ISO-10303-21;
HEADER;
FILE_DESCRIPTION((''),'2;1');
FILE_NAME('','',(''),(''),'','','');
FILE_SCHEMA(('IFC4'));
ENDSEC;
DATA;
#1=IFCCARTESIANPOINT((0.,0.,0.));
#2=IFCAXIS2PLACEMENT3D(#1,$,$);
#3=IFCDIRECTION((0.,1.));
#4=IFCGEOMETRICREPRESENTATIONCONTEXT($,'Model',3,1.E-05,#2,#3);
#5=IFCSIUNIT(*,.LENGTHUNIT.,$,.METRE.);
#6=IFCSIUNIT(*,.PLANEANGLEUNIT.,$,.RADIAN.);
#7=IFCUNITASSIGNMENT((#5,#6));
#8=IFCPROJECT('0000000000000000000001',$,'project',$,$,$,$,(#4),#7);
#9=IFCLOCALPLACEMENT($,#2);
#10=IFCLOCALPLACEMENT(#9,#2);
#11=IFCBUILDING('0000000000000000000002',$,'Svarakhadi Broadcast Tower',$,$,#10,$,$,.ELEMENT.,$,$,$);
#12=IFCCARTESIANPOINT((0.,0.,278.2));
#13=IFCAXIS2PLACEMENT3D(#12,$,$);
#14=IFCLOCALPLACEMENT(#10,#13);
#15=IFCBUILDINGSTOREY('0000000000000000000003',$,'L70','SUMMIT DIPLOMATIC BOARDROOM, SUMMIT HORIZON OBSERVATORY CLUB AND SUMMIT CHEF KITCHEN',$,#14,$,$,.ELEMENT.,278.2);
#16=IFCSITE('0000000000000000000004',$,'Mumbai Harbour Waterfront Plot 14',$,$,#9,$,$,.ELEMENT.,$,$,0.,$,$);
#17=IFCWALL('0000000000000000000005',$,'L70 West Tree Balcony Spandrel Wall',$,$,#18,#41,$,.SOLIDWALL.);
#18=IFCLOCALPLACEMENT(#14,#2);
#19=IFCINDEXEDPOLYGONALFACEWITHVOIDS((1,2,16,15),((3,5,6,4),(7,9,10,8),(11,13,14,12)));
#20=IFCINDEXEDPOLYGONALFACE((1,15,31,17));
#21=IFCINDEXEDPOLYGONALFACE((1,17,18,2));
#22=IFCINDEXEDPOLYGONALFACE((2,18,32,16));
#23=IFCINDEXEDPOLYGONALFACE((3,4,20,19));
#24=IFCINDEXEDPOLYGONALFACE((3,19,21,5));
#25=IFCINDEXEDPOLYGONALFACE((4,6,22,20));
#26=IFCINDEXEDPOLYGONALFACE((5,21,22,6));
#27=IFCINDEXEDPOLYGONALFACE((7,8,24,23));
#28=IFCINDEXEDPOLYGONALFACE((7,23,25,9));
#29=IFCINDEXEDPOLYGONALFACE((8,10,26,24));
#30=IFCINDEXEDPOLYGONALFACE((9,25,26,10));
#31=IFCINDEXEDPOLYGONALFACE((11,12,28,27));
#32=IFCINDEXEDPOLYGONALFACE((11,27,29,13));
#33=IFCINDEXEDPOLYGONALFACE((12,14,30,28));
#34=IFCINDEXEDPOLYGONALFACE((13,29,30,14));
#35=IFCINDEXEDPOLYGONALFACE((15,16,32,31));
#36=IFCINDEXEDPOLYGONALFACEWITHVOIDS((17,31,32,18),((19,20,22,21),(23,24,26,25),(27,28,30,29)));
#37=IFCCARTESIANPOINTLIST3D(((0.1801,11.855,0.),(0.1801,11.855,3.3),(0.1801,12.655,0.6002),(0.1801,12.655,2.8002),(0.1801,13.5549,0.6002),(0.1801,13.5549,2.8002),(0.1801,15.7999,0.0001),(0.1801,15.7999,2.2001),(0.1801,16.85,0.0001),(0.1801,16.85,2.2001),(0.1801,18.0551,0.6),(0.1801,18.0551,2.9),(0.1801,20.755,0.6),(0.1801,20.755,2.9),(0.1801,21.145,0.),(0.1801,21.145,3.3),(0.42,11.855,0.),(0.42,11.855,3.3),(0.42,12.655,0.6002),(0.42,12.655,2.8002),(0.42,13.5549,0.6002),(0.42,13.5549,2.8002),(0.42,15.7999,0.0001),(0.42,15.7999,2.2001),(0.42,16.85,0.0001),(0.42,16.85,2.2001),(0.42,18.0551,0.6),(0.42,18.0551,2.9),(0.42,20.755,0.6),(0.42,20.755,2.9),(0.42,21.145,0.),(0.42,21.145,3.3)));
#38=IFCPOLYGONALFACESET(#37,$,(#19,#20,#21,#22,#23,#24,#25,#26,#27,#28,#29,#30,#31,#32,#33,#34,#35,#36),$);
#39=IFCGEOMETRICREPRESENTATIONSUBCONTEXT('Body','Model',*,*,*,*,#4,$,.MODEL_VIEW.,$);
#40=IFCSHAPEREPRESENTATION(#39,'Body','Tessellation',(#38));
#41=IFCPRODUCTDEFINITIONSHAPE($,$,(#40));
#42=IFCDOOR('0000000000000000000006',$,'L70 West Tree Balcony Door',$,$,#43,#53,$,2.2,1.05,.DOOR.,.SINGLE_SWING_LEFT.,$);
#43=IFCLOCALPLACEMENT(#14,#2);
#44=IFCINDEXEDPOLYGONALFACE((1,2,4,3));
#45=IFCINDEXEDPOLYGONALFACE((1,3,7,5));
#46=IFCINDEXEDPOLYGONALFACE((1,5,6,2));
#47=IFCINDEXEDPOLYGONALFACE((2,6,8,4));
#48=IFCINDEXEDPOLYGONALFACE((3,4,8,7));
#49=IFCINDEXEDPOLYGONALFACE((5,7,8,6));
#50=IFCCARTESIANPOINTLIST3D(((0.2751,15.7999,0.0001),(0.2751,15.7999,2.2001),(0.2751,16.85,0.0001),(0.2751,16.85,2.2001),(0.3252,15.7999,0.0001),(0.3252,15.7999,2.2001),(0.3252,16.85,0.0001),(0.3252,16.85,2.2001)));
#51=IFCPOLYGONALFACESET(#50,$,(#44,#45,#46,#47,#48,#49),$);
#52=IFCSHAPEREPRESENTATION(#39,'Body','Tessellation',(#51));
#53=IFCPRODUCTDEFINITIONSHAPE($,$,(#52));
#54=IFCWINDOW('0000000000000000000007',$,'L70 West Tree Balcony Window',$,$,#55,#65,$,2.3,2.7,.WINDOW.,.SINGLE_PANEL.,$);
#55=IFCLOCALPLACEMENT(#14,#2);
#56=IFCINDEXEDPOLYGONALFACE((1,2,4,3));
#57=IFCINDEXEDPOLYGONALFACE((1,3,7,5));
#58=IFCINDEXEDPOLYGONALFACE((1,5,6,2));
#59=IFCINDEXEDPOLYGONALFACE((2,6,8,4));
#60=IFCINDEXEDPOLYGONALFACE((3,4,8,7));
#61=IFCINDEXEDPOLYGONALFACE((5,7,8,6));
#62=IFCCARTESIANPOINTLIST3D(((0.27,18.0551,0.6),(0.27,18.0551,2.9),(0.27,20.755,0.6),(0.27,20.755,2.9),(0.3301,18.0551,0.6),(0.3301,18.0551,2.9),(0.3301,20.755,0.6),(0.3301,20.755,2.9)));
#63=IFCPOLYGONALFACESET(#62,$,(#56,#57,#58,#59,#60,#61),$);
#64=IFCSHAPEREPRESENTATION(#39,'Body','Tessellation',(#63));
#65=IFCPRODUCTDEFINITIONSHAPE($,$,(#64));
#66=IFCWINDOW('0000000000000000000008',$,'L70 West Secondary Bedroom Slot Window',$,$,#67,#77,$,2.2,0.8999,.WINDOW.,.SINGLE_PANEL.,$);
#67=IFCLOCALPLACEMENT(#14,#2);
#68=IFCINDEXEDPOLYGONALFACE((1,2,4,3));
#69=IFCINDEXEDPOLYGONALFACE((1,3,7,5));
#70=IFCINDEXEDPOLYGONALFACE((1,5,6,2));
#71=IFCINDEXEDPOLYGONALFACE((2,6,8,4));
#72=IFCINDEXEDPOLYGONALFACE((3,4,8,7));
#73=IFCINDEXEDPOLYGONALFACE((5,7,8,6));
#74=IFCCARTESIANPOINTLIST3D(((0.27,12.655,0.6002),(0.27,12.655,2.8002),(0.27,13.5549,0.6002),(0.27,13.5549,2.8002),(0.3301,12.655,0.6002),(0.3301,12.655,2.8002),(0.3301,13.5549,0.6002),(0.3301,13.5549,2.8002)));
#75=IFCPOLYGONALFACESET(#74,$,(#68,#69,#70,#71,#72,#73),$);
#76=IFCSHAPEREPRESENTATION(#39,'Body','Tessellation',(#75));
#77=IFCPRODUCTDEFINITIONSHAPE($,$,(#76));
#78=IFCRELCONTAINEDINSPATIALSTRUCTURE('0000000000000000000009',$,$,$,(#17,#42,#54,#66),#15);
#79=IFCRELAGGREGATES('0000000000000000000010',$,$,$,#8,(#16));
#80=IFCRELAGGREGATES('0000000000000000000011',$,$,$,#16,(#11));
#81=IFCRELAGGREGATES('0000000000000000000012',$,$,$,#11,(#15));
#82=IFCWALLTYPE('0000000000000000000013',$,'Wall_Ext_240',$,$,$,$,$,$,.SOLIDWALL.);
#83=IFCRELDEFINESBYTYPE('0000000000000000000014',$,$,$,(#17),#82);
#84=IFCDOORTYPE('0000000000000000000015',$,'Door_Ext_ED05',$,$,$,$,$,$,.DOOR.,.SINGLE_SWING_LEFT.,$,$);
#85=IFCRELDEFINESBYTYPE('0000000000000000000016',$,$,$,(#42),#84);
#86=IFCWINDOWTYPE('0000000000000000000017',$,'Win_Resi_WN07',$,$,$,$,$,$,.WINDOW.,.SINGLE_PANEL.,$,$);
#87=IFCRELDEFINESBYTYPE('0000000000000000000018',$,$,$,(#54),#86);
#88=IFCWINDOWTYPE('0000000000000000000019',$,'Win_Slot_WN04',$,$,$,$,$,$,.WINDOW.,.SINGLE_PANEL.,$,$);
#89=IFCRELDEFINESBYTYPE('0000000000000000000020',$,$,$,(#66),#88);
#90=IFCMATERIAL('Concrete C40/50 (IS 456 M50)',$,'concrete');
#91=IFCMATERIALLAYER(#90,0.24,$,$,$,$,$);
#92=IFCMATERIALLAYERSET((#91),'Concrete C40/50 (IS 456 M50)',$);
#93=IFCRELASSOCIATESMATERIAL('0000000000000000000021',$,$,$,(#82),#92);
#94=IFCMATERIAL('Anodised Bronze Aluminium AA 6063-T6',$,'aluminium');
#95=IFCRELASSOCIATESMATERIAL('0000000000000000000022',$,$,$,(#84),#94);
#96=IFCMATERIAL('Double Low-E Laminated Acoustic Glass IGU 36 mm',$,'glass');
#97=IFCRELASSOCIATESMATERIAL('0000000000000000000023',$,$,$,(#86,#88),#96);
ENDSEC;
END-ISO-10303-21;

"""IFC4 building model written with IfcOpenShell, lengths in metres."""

from ifc_helpers import new_model, si_unit, direction, frame, frame_2d, origin, place, context, subcontext, project, spatial, rectangle, extrude, material, layer, layer_set, type_object, element, fill, save


model = new_model("IFC4")

# Units and contexts
model_context = context("Model", 3, precision=1e-05, world=origin(), true_north=direction((0.0, 1.0)))
body_context = subcontext(model_context, "Body", "Model", "MODEL_VIEW")
ifc_project = project(units=[si_unit("LENGTHUNIT", "METRE"), si_unit("PLANEANGLEUNIT", "RADIAN")], contexts=[model_context])

# Site, building, storey
site_placement = place(None, origin())
site = spatial("IfcSite", under=ifc_project, at=site_placement, Name="Mumbai Harbour Waterfront Plot 14", CompositionType="ELEMENT", RefElevation=0.0)
building_placement = place(site_placement, origin())
building = spatial("IfcBuilding", under=site, at=building_placement, Name="Svarakhadi Broadcast Tower", CompositionType="ELEMENT")
storey_placement = place(building_placement, frame((0.0, 0.0, 278.2)))
storey = spatial("IfcBuildingStorey", under=building, at=storey_placement, Name="L70", Description="SUMMIT DIPLOMATIC BOARDROOM, SUMMIT HORIZON OBSERVATORY CLUB AND SUMMIT CHEF KITCHEN", CompositionType="ELEMENT", Elevation=278.2)

# Shared definitions
ifc_material_1 = material(Name="Anodised Bronze Aluminium AA 6063-T6", Category="aluminium")

# Shared definitions
ifc_material_2 = material(Name="Double Low-E Laminated Acoustic Glass IGU 36 mm", Category="glass")

# Wall, openings, door, windows
ifc_material_3 = material(Name="Concrete C40/50 (IS 456 M50)", Category="concrete")
ifc_layer_1 = layer(ifc_material_3, 0.24)
ifc_layer_set_1 = layer_set([ifc_layer_1], Name="Concrete C40/50 (IS 456 M50)")
wall_type_1 = type_object("IfcWallType", Name="Wall_Ext_240", PredefinedType="SOLIDWALL", material=ifc_layer_set_1)
wall_1_placement = place(storey_placement, frame((0.3, 11.855, 0.0), z_axis=(0.0, 0.0, 1.0), x_axis=(0.0, 1.0, 0.0)))
wall_1 = element("IfcWall", 1, at=wall_1_placement, inside=storey, type_object=wall_type_1, Name="L70 West Tree Balcony Spandrel Wall", PredefinedType="SOLIDWALL", context=body_context, shape_type="SweptSolid", body=[
    extrude(rectangle(XDim=9.29, YDim=0.24, at=frame_2d((4.645, 0.0))), origin(), (0.0, 0.0, 1.0), 3.3),
])
opening_1_placement = place(wall_1_placement, frame((3.9451, 0.0, 0.0)))
opening_1 = element("IfcOpeningElement", 2, at=opening_1_placement, cuts=wall_1, PredefinedType="OPENING", context=body_context, shape_type="SweptSolid", body=[
    extrude(rectangle(XDim=1.05, YDim=2.2, at=frame_2d((0.5249, 1.1001))), frame((0.0, 0.1299, 0.0), z_axis=(0.0, -1.0, 0.0), x_axis=(1.0, 0.0, 0.0)), (0.0, 0.0, 1.0), 0.26),
])
opening_2_placement = place(wall_1_placement, frame((6.2, 0.0, 0.6001)))
opening_2 = element("IfcOpeningElement", 3, at=opening_2_placement, cuts=wall_1, PredefinedType="OPENING", context=body_context, shape_type="SweptSolid", body=[
    extrude(rectangle(XDim=2.7, YDim=2.3, at=frame_2d((1.3501, 1.1499))), frame((0.0, 0.1299, 0.0), z_axis=(0.0, -1.0, 0.0), x_axis=(1.0, 0.0, 0.0)), (0.0, 0.0, 1.0), 0.26),
])
opening_3_placement = place(wall_1_placement, frame((0.8, 0.0, 0.6001)))
opening_3 = element("IfcOpeningElement", 4, at=opening_3_placement, cuts=wall_1, PredefinedType="OPENING", context=body_context, shape_type="SweptSolid", body=[
    extrude(rectangle(XDim=0.8999, YDim=2.2, at=frame_2d((0.45, 1.1001))), frame((0.0, 0.1299, 0.0), z_axis=(0.0, -1.0, 0.0), x_axis=(1.0, 0.0, 0.0)), (0.0, 0.0, 1.0), 0.26),
])
door_type = type_object("IfcDoorType", Name="Door_Ext_ED05", OperationType="SINGLE_SWING_LEFT", PredefinedType="DOOR", material=ifc_material_1)
door_placement = place(opening_1_placement, origin())
door = element("IfcDoor", 5, at=door_placement, inside=storey, type_object=door_type, Name="L70 West Tree Balcony Door", OperationType="SINGLE_SWING_LEFT", OverallHeight=2.2, OverallWidth=1.05, PredefinedType="DOOR", context=body_context, shape_type="SweptSolid", body=[
    extrude(rectangle(XDim=1.05, YDim=2.2, at=frame_2d((0.5249, 1.1001))), frame((0.0, 0.0249, 0.0), z_axis=(0.0, -1.0, 0.0), x_axis=(1.0, 0.0, 0.0)), (0.0, 0.0, 1.0), 0.05),
])
fill(opening_1, door)
window_type_1 = type_object("IfcWindowType", Name="Win_Resi_WN07", PartitioningType="SINGLE_PANEL", PredefinedType="WINDOW", material=ifc_material_2)
window_1_placement = place(opening_2_placement, origin())
window_1 = element("IfcWindow", 6, at=window_1_placement, inside=storey, type_object=window_type_1, Name="L70 West Tree Balcony Window", OverallHeight=2.3, OverallWidth=2.7, PartitioningType="SINGLE_PANEL", PredefinedType="WINDOW", context=body_context, shape_type="SweptSolid", body=[
    extrude(rectangle(XDim=2.7, YDim=2.3, at=frame_2d((1.3501, 1.1499))), frame((0.0, 0.03, 0.0), z_axis=(0.0, -1.0, 0.0), x_axis=(1.0, 0.0, 0.0)), (0.0, 0.0, 1.0), 0.0601),
])
fill(opening_2, window_1)
window_type_2 = type_object("IfcWindowType", Name="Win_Slot_WN04", PartitioningType="SINGLE_PANEL", PredefinedType="WINDOW", material=ifc_material_2)
window_2_placement = place(opening_3_placement, origin())
window_2 = element("IfcWindow", 7, at=window_2_placement, inside=storey, type_object=window_type_2, Name="L70 West Secondary Bedroom Slot Window", OverallHeight=2.2, OverallWidth=0.8999, PartitioningType="SINGLE_PANEL", PredefinedType="WINDOW", context=body_context, shape_type="SweptSolid", body=[
    extrude(rectangle(XDim=0.8999, YDim=2.2, at=frame_2d((0.45, 1.1001))), frame((0.0, 0.03, 0.0), z_axis=(0.0, -1.0, 0.0), x_axis=(1.0, 0.0, 0.0)), (0.0, 0.0, 1.0), 0.0601),
])
fill(opening_3, window_2)

save(model, "model.ifc")
